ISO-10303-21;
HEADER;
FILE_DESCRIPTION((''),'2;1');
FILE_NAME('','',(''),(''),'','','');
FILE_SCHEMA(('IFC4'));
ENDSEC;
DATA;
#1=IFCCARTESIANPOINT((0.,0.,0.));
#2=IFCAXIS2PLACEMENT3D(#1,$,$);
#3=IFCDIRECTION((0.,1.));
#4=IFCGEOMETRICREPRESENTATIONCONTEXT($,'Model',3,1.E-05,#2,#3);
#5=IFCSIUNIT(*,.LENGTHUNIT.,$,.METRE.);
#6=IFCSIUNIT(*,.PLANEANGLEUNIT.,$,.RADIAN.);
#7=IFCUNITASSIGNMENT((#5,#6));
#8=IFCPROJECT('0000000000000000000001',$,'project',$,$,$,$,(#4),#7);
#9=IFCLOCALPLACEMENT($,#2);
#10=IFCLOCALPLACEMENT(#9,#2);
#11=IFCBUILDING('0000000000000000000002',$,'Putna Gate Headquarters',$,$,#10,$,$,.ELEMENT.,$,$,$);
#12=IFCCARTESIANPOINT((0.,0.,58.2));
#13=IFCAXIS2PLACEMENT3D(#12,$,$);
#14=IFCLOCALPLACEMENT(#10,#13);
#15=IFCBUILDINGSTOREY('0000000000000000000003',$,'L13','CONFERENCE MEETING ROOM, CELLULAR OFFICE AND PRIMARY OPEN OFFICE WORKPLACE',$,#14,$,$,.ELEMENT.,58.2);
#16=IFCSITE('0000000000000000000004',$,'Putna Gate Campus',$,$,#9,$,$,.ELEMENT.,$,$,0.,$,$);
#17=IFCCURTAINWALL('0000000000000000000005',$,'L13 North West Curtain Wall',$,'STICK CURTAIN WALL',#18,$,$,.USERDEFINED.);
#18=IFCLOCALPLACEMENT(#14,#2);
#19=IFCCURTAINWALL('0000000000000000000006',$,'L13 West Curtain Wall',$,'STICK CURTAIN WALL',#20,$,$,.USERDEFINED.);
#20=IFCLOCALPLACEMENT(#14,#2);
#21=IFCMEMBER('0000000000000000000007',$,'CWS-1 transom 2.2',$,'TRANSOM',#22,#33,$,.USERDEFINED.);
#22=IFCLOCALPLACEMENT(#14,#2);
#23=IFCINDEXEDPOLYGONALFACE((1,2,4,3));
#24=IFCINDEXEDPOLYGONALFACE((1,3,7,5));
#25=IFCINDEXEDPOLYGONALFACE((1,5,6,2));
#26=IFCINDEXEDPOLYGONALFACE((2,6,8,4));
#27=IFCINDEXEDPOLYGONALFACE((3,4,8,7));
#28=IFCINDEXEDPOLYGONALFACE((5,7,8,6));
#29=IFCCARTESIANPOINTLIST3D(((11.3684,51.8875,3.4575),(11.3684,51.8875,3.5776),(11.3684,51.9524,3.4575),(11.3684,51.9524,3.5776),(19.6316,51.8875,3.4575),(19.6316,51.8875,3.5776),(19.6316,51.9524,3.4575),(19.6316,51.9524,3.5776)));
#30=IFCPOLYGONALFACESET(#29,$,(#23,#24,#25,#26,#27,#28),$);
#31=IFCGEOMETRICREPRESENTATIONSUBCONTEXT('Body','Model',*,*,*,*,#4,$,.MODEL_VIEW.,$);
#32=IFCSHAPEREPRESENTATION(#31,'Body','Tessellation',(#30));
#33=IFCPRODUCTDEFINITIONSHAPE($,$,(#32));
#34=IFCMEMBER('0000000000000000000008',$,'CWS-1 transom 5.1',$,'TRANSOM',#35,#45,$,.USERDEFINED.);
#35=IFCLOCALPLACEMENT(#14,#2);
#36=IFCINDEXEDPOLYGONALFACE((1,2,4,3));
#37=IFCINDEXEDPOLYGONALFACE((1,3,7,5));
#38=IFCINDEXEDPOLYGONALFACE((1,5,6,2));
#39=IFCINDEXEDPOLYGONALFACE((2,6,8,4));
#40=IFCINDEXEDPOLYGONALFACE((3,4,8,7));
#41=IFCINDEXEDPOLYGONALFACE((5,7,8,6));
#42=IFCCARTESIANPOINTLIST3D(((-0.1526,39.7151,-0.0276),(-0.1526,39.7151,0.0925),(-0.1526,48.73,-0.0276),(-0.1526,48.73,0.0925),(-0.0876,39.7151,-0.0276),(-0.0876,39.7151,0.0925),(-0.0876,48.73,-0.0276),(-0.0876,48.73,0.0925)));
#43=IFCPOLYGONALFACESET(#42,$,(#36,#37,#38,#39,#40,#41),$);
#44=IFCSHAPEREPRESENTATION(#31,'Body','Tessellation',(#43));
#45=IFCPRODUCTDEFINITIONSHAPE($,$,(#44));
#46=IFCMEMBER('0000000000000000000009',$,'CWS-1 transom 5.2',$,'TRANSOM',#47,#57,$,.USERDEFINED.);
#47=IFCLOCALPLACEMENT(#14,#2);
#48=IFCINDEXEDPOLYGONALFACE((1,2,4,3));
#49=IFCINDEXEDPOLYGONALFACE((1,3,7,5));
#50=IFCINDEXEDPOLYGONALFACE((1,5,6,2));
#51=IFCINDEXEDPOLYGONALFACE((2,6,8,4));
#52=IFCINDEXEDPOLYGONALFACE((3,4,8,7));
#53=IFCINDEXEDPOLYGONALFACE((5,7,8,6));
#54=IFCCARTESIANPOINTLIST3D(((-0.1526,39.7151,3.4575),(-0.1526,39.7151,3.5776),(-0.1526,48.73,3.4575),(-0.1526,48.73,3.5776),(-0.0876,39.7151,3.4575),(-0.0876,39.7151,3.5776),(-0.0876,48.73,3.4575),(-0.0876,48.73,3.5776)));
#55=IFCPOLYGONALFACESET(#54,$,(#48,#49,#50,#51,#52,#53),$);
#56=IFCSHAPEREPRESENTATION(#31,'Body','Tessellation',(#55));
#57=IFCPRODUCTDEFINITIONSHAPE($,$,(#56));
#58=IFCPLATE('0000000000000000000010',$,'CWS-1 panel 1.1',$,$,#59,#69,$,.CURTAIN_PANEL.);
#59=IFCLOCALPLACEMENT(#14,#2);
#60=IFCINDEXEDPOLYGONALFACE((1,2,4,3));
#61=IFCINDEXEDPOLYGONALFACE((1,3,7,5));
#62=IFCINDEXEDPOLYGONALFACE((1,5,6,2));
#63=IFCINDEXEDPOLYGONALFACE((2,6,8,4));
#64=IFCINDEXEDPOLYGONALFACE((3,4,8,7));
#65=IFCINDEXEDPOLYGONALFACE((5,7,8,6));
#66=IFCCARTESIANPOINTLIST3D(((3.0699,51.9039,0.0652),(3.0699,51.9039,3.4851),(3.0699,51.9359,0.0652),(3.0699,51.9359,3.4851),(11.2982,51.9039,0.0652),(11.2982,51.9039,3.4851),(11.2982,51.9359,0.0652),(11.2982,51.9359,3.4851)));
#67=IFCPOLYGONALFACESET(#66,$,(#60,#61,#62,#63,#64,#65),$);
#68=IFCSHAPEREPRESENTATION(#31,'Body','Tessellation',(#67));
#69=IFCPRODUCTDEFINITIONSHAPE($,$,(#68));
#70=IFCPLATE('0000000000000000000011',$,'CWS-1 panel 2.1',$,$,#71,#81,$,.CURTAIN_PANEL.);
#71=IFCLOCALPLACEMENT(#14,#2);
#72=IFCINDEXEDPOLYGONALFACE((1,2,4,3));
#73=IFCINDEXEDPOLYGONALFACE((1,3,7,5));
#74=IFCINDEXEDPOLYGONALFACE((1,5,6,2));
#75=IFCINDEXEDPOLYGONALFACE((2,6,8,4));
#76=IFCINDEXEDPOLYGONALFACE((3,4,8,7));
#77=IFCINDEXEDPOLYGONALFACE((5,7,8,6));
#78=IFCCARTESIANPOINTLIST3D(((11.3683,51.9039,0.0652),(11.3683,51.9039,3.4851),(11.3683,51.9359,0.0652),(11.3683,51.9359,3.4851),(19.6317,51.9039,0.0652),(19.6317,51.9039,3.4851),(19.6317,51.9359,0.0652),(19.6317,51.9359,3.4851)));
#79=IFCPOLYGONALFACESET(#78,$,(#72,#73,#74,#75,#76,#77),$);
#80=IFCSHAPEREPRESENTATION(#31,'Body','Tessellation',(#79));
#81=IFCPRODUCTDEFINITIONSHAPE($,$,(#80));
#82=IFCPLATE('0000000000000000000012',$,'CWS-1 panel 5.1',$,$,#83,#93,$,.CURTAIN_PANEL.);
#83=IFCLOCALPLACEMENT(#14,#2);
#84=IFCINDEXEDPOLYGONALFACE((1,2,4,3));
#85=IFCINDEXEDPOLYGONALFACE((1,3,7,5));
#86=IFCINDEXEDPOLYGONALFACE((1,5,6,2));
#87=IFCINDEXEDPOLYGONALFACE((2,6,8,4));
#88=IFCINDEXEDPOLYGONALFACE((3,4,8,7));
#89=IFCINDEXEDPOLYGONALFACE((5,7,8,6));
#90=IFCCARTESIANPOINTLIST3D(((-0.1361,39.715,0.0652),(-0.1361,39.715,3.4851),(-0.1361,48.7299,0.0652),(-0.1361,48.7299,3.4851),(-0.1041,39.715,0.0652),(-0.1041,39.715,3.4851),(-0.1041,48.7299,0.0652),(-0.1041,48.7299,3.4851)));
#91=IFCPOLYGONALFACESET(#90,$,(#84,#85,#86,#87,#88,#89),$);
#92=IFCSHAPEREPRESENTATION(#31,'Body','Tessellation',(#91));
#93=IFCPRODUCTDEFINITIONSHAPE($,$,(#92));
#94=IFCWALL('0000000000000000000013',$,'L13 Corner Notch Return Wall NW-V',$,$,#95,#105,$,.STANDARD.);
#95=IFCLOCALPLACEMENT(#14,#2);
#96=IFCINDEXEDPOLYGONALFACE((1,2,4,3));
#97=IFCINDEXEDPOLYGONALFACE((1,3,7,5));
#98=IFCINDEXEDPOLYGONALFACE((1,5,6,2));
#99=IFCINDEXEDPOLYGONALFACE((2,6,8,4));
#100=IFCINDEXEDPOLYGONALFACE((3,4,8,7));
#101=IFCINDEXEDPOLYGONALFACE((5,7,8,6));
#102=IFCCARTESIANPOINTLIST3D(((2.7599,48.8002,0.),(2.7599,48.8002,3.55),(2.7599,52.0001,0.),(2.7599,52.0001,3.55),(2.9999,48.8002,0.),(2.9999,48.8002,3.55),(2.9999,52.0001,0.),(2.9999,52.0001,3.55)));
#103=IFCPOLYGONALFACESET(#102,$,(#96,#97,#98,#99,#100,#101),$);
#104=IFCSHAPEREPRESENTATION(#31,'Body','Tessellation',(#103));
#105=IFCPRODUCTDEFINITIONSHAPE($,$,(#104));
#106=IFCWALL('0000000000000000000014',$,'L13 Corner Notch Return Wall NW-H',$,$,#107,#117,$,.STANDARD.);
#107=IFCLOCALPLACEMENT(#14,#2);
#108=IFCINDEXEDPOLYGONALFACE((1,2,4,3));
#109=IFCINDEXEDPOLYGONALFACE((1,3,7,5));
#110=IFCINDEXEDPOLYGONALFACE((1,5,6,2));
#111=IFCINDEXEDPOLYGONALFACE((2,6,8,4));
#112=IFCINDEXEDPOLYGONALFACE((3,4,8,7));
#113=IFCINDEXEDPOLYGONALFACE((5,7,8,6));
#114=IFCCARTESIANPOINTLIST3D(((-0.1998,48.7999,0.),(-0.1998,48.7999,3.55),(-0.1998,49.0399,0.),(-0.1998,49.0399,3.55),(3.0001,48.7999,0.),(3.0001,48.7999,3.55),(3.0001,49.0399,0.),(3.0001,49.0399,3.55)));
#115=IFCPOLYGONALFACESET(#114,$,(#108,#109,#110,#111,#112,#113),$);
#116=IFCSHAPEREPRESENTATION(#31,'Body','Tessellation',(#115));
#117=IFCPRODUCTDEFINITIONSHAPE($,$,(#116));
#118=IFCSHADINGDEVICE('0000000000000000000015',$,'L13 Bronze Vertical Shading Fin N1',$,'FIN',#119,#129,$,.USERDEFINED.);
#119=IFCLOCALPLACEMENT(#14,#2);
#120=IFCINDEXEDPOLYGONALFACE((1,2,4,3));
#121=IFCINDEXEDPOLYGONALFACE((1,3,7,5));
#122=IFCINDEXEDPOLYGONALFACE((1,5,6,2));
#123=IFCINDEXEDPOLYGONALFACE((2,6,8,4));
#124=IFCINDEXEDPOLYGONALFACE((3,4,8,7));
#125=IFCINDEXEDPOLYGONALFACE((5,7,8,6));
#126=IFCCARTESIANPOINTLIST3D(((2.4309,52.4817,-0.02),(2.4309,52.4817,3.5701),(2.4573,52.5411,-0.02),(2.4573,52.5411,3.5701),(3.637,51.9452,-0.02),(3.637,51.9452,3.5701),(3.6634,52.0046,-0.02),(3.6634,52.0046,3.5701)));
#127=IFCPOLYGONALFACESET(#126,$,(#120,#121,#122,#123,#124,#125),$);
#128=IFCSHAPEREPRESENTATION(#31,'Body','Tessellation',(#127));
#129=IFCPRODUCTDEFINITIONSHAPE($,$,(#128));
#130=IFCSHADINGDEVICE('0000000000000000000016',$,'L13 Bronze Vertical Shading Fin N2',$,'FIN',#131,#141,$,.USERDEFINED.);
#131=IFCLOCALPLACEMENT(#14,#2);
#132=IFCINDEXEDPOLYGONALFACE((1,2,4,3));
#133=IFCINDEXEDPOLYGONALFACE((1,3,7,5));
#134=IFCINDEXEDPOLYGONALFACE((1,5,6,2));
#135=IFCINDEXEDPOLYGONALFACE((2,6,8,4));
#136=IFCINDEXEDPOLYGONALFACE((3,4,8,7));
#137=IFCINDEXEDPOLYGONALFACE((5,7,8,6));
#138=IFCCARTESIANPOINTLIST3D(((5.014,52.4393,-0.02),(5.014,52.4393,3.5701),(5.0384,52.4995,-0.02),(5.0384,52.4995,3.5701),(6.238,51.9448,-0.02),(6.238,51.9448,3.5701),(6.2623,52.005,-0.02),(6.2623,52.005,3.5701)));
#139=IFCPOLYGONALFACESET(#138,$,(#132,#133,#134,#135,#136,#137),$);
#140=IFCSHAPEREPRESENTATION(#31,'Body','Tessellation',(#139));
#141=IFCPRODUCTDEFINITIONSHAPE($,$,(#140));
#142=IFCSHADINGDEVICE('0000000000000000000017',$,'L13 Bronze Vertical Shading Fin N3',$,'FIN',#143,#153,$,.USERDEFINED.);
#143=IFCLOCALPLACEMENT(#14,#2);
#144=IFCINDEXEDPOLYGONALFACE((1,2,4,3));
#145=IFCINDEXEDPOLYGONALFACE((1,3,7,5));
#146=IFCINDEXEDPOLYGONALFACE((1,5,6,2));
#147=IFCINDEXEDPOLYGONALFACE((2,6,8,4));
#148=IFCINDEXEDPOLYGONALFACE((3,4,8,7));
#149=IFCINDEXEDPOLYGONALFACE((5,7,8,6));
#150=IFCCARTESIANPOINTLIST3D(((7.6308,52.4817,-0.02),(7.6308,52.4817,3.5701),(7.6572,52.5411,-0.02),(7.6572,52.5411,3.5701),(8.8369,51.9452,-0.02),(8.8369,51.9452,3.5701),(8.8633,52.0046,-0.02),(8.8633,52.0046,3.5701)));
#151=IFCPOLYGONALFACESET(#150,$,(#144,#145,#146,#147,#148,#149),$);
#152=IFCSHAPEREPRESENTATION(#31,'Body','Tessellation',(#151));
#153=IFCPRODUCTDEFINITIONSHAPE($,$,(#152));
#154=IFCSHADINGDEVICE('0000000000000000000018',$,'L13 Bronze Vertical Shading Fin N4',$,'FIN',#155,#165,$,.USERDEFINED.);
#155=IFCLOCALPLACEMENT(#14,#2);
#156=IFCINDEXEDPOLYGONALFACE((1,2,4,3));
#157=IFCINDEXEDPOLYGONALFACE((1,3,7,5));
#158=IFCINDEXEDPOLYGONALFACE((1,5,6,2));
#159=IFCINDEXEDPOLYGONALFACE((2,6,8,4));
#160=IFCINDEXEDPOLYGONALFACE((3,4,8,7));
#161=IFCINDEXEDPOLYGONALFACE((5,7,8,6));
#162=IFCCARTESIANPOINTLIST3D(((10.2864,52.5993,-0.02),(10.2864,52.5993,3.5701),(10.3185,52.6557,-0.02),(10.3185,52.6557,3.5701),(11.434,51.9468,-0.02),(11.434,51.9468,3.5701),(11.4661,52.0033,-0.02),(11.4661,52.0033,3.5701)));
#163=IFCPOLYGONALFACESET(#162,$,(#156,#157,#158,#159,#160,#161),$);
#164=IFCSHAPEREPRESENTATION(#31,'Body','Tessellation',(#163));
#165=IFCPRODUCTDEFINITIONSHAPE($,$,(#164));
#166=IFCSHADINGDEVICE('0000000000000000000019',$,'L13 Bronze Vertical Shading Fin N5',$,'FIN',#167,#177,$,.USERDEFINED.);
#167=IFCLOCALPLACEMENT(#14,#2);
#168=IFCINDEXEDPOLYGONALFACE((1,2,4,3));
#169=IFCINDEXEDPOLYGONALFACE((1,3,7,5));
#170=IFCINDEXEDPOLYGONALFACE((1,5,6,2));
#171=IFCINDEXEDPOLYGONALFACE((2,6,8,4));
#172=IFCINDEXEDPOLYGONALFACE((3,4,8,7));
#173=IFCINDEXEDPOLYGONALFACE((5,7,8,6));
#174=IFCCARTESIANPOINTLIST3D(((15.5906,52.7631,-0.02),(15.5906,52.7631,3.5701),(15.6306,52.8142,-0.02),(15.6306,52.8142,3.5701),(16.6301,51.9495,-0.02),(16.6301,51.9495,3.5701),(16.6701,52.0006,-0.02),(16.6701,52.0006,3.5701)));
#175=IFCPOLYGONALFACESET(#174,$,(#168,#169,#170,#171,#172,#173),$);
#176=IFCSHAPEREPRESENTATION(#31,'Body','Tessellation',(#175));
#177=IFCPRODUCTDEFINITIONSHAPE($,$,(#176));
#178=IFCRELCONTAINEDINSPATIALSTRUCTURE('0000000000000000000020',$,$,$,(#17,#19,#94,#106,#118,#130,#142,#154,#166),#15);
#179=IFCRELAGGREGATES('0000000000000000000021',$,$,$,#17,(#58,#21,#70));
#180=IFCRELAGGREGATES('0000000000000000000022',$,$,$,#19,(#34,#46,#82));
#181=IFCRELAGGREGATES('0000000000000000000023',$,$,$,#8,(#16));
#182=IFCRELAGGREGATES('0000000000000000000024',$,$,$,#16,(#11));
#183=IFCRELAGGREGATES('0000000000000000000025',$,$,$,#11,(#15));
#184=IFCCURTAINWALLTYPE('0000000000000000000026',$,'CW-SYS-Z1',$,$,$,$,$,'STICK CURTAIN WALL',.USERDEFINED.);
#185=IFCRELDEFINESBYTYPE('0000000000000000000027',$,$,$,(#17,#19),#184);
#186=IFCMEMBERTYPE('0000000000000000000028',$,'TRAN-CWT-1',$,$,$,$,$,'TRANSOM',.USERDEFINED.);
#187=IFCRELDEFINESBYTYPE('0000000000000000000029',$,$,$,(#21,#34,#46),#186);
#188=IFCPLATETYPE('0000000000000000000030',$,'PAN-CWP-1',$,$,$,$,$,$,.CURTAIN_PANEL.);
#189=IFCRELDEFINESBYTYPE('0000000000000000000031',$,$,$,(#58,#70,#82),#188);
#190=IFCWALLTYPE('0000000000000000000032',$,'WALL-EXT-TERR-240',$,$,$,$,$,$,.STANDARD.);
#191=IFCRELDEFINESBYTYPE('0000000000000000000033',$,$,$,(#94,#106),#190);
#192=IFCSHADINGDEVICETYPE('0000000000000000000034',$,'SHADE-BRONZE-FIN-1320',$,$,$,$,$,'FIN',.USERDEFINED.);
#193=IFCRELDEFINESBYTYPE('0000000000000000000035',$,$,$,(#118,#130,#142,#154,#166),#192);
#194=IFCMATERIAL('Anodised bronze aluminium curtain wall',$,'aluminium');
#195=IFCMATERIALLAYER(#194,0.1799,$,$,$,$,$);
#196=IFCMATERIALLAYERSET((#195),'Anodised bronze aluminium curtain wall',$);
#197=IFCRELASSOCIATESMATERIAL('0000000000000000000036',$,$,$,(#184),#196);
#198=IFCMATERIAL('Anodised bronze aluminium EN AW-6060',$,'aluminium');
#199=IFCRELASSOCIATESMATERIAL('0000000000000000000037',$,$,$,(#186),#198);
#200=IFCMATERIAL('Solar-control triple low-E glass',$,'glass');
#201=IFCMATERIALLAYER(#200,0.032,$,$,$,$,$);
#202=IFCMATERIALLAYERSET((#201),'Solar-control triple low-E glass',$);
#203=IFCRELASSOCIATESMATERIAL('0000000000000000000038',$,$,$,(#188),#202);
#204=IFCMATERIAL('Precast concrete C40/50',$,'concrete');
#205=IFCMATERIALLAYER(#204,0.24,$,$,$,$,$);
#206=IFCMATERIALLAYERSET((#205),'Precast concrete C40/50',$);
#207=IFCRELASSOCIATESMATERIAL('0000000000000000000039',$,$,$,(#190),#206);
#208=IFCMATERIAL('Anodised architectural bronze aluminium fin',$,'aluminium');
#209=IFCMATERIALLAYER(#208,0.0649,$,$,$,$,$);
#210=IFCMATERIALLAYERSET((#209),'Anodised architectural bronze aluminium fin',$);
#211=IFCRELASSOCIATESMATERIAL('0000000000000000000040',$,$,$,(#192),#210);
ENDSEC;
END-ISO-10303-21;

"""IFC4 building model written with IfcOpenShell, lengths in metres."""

from ifc_helpers import new_model, si_unit, direction, frame, frame_2d, origin, origin_2d, place, context, subcontext, project, spatial, rectangle, extrude, material, layer, layer_set, material_profile, profile_set, type_object, element, aggregate, save


model = new_model("IFC4")

# Units and contexts
model_context = context("Model", 3, precision=1e-05, world=origin(), true_north=direction((0.0, 1.0)))
body_context = subcontext(model_context, "Body", "Model", "MODEL_VIEW")
ifc_project = project(units=[si_unit("LENGTHUNIT", "METRE"), si_unit("PLANEANGLEUNIT", "RADIAN")], contexts=[model_context])

# Site, building, storey
site_placement = place(None, origin())
site = spatial("IfcSite", under=ifc_project, at=site_placement, Name="Putna Gate Campus", CompositionType="ELEMENT", RefElevation=0.0)
building_placement = place(site_placement, origin())
building = spatial("IfcBuilding", under=site, at=building_placement, Name="Putna Gate Headquarters", CompositionType="ELEMENT")
storey_placement = place(building_placement, frame((0.0, 0.0, 58.2)))
storey = spatial("IfcBuildingStorey", under=building, at=storey_placement, Name="L13", Description="CONFERENCE MEETING ROOM, CELLULAR OFFICE AND PRIMARY OPEN OFFICE WORKPLACE", CompositionType="ELEMENT", Elevation=58.2)

# Curtain wall
ifc_material_1 = material(Name="Anodised bronze aluminium curtain wall", Category="aluminium")
ifc_layer_1 = layer(ifc_material_1, 0.1799)
ifc_layer_set_1 = layer_set([ifc_layer_1], Name="Anodised bronze aluminium curtain wall")
curtain_wall_type = type_object("IfcCurtainWallType", Name="CW-SYS-Z1", ElementType="STICK CURTAIN WALL", PredefinedType="USERDEFINED", material=ifc_layer_set_1)
curtain_wall_1_placement = place(storey_placement, origin())
curtain_wall_1 = element("IfcCurtainWall", 1, at=curtain_wall_1_placement, inside=storey, type_object=curtain_wall_type, Name="L13 North West Curtain Wall", ObjectType="STICK CURTAIN WALL", PredefinedType="USERDEFINED")
ifc_material_2 = material(Name="Anodised bronze aluminium EN AW-6060", Category="aluminium")

# Curtain wall
curtain_wall_2_placement = place(storey_placement, origin())
curtain_wall_2 = element("IfcCurtainWall", 2, at=curtain_wall_2_placement, inside=storey, type_object=curtain_wall_type, Name="L13 West Curtain Wall", ObjectType="STICK CURTAIN WALL", PredefinedType="USERDEFINED")

# Members
ifc_material_profile_1 = material_profile(ifc_material_2, rectangle(XDim=0.0649, YDim=0.1201, at=origin_2d()), Name="Anodised bronze aluminium EN AW-6060")
ifc_profile_set_1 = profile_set([ifc_material_profile_1], Name="Anodised bronze aluminium EN AW-6060")
member_type_1 = type_object("IfcMemberType", Name="TRAN-CWT-1", ElementType="TRANSOM", PredefinedType="USERDEFINED", material=ifc_profile_set_1)
member_1_placement = place(storey_placement, frame((11.3684, 51.9199, 3.5176), z_axis=(1.0, 0.0, 0.0), x_axis=(0.0, 1.0, 0.0)))
member_1 = element("IfcMember", 3, at=member_1_placement, type_object=member_type_1, Name="CWS-1 transom 2.2", ObjectType="TRANSOM", PredefinedType="USERDEFINED", context=body_context, shape_type="SweptSolid", body=[
    extrude(rectangle(XDim=0.0649, YDim=0.1201, at=origin_2d()), origin(), (0.0, 0.0, 1.0), 8.2632),
])
member_2_placement = place(storey_placement, frame((-0.1201, 39.7151, 0.0325), z_axis=(0.0, 1.0, 0.0), x_axis=(-1.0, 0.0, 0.0)))
member_2 = element("IfcMember", 4, at=member_2_placement, type_object=member_type_1, Name="CWS-1 transom 5.1", ObjectType="TRANSOM", PredefinedType="USERDEFINED", context=body_context, shape_type="SweptSolid", body=[
    extrude(rectangle(XDim=0.0649, YDim=0.1201, at=origin_2d()), origin(), (0.0, 0.0, 1.0), 9.0149),
])
member_3_placement = place(storey_placement, frame((-0.1201, 39.7151, 3.5176), z_axis=(0.0, 1.0, 0.0), x_axis=(-1.0, 0.0, 0.0)))
member_3 = element("IfcMember", 5, at=member_3_placement, type_object=member_type_1, Name="CWS-1 transom 5.2", ObjectType="TRANSOM", PredefinedType="USERDEFINED", context=body_context, shape_type="SweptSolid", body=[
    extrude(rectangle(XDim=0.0649, YDim=0.1201, at=origin_2d()), origin(), (0.0, 0.0, 1.0), 9.0149),
])

# Plates
ifc_material_3 = material(Name="Solar-control triple low-E glass", Category="glass")
ifc_layer_2 = layer(ifc_material_3, 0.032)
ifc_layer_set_2 = layer_set([ifc_layer_2], Name="Solar-control triple low-E glass")
plate_type = type_object("IfcPlateType", Name="PAN-CWP-1", PredefinedType="CURTAIN_PANEL", material=ifc_layer_set_2)
plate_1_placement = place(storey_placement, frame((7.1841, 51.9199, 0.0652), z_axis=(0.0, 0.0, 1.0), x_axis=(1.0, 0.0, 0.0)))
plate_1 = element("IfcPlate", 6, at=plate_1_placement, type_object=plate_type, Name="CWS-1 panel 1.1", PredefinedType="CURTAIN_PANEL", context=body_context, shape_type="SweptSolid", body=[
    extrude(rectangle(XDim=8.2283, YDim=0.032, at=origin_2d()), origin(), (0.0, 0.0, 1.0), 3.4199),
])
plate_2_placement = place(storey_placement, frame((15.5, 51.9199, 0.0652), z_axis=(0.0, 0.0, 1.0), x_axis=(1.0, 0.0, 0.0)))
plate_2 = element("IfcPlate", 7, at=plate_2_placement, type_object=plate_type, Name="CWS-1 panel 2.1", PredefinedType="CURTAIN_PANEL", context=body_context, shape_type="SweptSolid", body=[
    extrude(rectangle(XDim=8.2634, YDim=0.032, at=origin_2d()), origin(), (0.0, 0.0, 1.0), 3.4199),
])
aggregate(curtain_wall_1, [plate_1, member_1, plate_2])
plate_3_placement = place(storey_placement, frame((-0.1201, 44.2224, 0.0652), z_axis=(0.0, 0.0, 1.0), x_axis=(0.0, 1.0, 0.0)))
plate_3 = element("IfcPlate", 8, at=plate_3_placement, type_object=plate_type, Name="CWS-1 panel 5.1", PredefinedType="CURTAIN_PANEL", context=body_context, shape_type="SweptSolid", body=[
    extrude(rectangle(XDim=9.0149, YDim=0.032, at=origin_2d()), origin(), (0.0, 0.0, 1.0), 3.4199),
])
aggregate(curtain_wall_2, [member_2, member_3, plate_3])

# Walls
ifc_material_4 = material(Name="Precast concrete C40/50", Category="concrete")
ifc_layer_3 = layer(ifc_material_4, 0.24)
ifc_layer_set_3 = layer_set([ifc_layer_3], Name="Precast concrete C40/50")
wall_type = type_object("IfcWallType", Name="WALL-EXT-TERR-240", PredefinedType="STANDARD", material=ifc_layer_set_3)
for number, where, z_axis, x_axis, name in (
    (9, (2.8799, 48.8, 0.0), (0.0, 0.0, 1.0), (0.0, 1.0, 0.0), "L13 Corner Notch Return Wall NW-V"),
    (10, (-0.2, 48.9199, 0.0), (0.0, 0.0, 1.0), (1.0, 0.0, 0.0), "L13 Corner Notch Return Wall NW-H"),
):
    element("IfcWall", number, at=place(storey_placement, frame(where, z_axis=z_axis, x_axis=x_axis)), inside=storey, type_object=wall_type, Name=name, PredefinedType="STANDARD", context=body_context, shape_type="SweptSolid", body=[
        extrude(rectangle(XDim=3.2, YDim=0.24, at=frame_2d((1.6001, 0.0))), origin(), (0.0, 0.0, 1.0), 3.55),
    ])

# Shading devices
ifc_material_5 = material(Name="Anodised architectural bronze aluminium fin", Category="aluminium")
ifc_layer_4 = layer(ifc_material_5, 0.0649)
ifc_layer_set_4 = layer_set([ifc_layer_4], Name="Anodised architectural bronze aluminium fin")
shading_device_type = type_object("IfcShadingDeviceType", Name="SHADE-BRONZE-FIN-1320", ElementType="FIN", PredefinedType="USERDEFINED", material=ifc_layer_set_4)
for number, where, z_axis, x_axis, name in (
    (11, (3.0471, 52.2432, -0.02), (0.0, 0.0, 1.0), (-0.913687, 0.406418, 0.0), "L13 Bronze Vertical Shading Fin N1"),
    (12, (5.6382, 52.2222, -0.02), (0.0, 0.0, 1.0), (-0.927184, 0.374607, 0.0), "L13 Bronze Vertical Shading Fin N2"),
    (13, (8.2471, 52.2432, -0.02), (0.0, 0.0, 1.0), (-0.913687, 0.406418, 0.0), "L13 Bronze Vertical Shading Fin N3"),
    (14, (10.8762, 52.3013, -0.02), (0.0, 0.0, 1.0), (-0.869322, 0.494245, 0.0), "L13 Bronze Vertical Shading Fin N4"),
    (15, (16.1304, 52.3818, -0.02), (0.0, 0.0, 1.0), (-0.787473, 0.616349, 0.0), "L13 Bronze Vertical Shading Fin N5"),
):
    element("IfcShadingDevice", number, at=place(storey_placement, frame(where, z_axis=z_axis, x_axis=x_axis)), inside=storey, type_object=shading_device_type, Name=name, ObjectType="FIN", PredefinedType="USERDEFINED", context=body_context, shape_type="SweptSolid", body=[
        extrude(rectangle(XDim=1.3201, YDim=0.0649, at=origin_2d()), origin(), (0.0, 0.0, 1.0), 3.5901),
    ])

save(model, "model.ifc")
